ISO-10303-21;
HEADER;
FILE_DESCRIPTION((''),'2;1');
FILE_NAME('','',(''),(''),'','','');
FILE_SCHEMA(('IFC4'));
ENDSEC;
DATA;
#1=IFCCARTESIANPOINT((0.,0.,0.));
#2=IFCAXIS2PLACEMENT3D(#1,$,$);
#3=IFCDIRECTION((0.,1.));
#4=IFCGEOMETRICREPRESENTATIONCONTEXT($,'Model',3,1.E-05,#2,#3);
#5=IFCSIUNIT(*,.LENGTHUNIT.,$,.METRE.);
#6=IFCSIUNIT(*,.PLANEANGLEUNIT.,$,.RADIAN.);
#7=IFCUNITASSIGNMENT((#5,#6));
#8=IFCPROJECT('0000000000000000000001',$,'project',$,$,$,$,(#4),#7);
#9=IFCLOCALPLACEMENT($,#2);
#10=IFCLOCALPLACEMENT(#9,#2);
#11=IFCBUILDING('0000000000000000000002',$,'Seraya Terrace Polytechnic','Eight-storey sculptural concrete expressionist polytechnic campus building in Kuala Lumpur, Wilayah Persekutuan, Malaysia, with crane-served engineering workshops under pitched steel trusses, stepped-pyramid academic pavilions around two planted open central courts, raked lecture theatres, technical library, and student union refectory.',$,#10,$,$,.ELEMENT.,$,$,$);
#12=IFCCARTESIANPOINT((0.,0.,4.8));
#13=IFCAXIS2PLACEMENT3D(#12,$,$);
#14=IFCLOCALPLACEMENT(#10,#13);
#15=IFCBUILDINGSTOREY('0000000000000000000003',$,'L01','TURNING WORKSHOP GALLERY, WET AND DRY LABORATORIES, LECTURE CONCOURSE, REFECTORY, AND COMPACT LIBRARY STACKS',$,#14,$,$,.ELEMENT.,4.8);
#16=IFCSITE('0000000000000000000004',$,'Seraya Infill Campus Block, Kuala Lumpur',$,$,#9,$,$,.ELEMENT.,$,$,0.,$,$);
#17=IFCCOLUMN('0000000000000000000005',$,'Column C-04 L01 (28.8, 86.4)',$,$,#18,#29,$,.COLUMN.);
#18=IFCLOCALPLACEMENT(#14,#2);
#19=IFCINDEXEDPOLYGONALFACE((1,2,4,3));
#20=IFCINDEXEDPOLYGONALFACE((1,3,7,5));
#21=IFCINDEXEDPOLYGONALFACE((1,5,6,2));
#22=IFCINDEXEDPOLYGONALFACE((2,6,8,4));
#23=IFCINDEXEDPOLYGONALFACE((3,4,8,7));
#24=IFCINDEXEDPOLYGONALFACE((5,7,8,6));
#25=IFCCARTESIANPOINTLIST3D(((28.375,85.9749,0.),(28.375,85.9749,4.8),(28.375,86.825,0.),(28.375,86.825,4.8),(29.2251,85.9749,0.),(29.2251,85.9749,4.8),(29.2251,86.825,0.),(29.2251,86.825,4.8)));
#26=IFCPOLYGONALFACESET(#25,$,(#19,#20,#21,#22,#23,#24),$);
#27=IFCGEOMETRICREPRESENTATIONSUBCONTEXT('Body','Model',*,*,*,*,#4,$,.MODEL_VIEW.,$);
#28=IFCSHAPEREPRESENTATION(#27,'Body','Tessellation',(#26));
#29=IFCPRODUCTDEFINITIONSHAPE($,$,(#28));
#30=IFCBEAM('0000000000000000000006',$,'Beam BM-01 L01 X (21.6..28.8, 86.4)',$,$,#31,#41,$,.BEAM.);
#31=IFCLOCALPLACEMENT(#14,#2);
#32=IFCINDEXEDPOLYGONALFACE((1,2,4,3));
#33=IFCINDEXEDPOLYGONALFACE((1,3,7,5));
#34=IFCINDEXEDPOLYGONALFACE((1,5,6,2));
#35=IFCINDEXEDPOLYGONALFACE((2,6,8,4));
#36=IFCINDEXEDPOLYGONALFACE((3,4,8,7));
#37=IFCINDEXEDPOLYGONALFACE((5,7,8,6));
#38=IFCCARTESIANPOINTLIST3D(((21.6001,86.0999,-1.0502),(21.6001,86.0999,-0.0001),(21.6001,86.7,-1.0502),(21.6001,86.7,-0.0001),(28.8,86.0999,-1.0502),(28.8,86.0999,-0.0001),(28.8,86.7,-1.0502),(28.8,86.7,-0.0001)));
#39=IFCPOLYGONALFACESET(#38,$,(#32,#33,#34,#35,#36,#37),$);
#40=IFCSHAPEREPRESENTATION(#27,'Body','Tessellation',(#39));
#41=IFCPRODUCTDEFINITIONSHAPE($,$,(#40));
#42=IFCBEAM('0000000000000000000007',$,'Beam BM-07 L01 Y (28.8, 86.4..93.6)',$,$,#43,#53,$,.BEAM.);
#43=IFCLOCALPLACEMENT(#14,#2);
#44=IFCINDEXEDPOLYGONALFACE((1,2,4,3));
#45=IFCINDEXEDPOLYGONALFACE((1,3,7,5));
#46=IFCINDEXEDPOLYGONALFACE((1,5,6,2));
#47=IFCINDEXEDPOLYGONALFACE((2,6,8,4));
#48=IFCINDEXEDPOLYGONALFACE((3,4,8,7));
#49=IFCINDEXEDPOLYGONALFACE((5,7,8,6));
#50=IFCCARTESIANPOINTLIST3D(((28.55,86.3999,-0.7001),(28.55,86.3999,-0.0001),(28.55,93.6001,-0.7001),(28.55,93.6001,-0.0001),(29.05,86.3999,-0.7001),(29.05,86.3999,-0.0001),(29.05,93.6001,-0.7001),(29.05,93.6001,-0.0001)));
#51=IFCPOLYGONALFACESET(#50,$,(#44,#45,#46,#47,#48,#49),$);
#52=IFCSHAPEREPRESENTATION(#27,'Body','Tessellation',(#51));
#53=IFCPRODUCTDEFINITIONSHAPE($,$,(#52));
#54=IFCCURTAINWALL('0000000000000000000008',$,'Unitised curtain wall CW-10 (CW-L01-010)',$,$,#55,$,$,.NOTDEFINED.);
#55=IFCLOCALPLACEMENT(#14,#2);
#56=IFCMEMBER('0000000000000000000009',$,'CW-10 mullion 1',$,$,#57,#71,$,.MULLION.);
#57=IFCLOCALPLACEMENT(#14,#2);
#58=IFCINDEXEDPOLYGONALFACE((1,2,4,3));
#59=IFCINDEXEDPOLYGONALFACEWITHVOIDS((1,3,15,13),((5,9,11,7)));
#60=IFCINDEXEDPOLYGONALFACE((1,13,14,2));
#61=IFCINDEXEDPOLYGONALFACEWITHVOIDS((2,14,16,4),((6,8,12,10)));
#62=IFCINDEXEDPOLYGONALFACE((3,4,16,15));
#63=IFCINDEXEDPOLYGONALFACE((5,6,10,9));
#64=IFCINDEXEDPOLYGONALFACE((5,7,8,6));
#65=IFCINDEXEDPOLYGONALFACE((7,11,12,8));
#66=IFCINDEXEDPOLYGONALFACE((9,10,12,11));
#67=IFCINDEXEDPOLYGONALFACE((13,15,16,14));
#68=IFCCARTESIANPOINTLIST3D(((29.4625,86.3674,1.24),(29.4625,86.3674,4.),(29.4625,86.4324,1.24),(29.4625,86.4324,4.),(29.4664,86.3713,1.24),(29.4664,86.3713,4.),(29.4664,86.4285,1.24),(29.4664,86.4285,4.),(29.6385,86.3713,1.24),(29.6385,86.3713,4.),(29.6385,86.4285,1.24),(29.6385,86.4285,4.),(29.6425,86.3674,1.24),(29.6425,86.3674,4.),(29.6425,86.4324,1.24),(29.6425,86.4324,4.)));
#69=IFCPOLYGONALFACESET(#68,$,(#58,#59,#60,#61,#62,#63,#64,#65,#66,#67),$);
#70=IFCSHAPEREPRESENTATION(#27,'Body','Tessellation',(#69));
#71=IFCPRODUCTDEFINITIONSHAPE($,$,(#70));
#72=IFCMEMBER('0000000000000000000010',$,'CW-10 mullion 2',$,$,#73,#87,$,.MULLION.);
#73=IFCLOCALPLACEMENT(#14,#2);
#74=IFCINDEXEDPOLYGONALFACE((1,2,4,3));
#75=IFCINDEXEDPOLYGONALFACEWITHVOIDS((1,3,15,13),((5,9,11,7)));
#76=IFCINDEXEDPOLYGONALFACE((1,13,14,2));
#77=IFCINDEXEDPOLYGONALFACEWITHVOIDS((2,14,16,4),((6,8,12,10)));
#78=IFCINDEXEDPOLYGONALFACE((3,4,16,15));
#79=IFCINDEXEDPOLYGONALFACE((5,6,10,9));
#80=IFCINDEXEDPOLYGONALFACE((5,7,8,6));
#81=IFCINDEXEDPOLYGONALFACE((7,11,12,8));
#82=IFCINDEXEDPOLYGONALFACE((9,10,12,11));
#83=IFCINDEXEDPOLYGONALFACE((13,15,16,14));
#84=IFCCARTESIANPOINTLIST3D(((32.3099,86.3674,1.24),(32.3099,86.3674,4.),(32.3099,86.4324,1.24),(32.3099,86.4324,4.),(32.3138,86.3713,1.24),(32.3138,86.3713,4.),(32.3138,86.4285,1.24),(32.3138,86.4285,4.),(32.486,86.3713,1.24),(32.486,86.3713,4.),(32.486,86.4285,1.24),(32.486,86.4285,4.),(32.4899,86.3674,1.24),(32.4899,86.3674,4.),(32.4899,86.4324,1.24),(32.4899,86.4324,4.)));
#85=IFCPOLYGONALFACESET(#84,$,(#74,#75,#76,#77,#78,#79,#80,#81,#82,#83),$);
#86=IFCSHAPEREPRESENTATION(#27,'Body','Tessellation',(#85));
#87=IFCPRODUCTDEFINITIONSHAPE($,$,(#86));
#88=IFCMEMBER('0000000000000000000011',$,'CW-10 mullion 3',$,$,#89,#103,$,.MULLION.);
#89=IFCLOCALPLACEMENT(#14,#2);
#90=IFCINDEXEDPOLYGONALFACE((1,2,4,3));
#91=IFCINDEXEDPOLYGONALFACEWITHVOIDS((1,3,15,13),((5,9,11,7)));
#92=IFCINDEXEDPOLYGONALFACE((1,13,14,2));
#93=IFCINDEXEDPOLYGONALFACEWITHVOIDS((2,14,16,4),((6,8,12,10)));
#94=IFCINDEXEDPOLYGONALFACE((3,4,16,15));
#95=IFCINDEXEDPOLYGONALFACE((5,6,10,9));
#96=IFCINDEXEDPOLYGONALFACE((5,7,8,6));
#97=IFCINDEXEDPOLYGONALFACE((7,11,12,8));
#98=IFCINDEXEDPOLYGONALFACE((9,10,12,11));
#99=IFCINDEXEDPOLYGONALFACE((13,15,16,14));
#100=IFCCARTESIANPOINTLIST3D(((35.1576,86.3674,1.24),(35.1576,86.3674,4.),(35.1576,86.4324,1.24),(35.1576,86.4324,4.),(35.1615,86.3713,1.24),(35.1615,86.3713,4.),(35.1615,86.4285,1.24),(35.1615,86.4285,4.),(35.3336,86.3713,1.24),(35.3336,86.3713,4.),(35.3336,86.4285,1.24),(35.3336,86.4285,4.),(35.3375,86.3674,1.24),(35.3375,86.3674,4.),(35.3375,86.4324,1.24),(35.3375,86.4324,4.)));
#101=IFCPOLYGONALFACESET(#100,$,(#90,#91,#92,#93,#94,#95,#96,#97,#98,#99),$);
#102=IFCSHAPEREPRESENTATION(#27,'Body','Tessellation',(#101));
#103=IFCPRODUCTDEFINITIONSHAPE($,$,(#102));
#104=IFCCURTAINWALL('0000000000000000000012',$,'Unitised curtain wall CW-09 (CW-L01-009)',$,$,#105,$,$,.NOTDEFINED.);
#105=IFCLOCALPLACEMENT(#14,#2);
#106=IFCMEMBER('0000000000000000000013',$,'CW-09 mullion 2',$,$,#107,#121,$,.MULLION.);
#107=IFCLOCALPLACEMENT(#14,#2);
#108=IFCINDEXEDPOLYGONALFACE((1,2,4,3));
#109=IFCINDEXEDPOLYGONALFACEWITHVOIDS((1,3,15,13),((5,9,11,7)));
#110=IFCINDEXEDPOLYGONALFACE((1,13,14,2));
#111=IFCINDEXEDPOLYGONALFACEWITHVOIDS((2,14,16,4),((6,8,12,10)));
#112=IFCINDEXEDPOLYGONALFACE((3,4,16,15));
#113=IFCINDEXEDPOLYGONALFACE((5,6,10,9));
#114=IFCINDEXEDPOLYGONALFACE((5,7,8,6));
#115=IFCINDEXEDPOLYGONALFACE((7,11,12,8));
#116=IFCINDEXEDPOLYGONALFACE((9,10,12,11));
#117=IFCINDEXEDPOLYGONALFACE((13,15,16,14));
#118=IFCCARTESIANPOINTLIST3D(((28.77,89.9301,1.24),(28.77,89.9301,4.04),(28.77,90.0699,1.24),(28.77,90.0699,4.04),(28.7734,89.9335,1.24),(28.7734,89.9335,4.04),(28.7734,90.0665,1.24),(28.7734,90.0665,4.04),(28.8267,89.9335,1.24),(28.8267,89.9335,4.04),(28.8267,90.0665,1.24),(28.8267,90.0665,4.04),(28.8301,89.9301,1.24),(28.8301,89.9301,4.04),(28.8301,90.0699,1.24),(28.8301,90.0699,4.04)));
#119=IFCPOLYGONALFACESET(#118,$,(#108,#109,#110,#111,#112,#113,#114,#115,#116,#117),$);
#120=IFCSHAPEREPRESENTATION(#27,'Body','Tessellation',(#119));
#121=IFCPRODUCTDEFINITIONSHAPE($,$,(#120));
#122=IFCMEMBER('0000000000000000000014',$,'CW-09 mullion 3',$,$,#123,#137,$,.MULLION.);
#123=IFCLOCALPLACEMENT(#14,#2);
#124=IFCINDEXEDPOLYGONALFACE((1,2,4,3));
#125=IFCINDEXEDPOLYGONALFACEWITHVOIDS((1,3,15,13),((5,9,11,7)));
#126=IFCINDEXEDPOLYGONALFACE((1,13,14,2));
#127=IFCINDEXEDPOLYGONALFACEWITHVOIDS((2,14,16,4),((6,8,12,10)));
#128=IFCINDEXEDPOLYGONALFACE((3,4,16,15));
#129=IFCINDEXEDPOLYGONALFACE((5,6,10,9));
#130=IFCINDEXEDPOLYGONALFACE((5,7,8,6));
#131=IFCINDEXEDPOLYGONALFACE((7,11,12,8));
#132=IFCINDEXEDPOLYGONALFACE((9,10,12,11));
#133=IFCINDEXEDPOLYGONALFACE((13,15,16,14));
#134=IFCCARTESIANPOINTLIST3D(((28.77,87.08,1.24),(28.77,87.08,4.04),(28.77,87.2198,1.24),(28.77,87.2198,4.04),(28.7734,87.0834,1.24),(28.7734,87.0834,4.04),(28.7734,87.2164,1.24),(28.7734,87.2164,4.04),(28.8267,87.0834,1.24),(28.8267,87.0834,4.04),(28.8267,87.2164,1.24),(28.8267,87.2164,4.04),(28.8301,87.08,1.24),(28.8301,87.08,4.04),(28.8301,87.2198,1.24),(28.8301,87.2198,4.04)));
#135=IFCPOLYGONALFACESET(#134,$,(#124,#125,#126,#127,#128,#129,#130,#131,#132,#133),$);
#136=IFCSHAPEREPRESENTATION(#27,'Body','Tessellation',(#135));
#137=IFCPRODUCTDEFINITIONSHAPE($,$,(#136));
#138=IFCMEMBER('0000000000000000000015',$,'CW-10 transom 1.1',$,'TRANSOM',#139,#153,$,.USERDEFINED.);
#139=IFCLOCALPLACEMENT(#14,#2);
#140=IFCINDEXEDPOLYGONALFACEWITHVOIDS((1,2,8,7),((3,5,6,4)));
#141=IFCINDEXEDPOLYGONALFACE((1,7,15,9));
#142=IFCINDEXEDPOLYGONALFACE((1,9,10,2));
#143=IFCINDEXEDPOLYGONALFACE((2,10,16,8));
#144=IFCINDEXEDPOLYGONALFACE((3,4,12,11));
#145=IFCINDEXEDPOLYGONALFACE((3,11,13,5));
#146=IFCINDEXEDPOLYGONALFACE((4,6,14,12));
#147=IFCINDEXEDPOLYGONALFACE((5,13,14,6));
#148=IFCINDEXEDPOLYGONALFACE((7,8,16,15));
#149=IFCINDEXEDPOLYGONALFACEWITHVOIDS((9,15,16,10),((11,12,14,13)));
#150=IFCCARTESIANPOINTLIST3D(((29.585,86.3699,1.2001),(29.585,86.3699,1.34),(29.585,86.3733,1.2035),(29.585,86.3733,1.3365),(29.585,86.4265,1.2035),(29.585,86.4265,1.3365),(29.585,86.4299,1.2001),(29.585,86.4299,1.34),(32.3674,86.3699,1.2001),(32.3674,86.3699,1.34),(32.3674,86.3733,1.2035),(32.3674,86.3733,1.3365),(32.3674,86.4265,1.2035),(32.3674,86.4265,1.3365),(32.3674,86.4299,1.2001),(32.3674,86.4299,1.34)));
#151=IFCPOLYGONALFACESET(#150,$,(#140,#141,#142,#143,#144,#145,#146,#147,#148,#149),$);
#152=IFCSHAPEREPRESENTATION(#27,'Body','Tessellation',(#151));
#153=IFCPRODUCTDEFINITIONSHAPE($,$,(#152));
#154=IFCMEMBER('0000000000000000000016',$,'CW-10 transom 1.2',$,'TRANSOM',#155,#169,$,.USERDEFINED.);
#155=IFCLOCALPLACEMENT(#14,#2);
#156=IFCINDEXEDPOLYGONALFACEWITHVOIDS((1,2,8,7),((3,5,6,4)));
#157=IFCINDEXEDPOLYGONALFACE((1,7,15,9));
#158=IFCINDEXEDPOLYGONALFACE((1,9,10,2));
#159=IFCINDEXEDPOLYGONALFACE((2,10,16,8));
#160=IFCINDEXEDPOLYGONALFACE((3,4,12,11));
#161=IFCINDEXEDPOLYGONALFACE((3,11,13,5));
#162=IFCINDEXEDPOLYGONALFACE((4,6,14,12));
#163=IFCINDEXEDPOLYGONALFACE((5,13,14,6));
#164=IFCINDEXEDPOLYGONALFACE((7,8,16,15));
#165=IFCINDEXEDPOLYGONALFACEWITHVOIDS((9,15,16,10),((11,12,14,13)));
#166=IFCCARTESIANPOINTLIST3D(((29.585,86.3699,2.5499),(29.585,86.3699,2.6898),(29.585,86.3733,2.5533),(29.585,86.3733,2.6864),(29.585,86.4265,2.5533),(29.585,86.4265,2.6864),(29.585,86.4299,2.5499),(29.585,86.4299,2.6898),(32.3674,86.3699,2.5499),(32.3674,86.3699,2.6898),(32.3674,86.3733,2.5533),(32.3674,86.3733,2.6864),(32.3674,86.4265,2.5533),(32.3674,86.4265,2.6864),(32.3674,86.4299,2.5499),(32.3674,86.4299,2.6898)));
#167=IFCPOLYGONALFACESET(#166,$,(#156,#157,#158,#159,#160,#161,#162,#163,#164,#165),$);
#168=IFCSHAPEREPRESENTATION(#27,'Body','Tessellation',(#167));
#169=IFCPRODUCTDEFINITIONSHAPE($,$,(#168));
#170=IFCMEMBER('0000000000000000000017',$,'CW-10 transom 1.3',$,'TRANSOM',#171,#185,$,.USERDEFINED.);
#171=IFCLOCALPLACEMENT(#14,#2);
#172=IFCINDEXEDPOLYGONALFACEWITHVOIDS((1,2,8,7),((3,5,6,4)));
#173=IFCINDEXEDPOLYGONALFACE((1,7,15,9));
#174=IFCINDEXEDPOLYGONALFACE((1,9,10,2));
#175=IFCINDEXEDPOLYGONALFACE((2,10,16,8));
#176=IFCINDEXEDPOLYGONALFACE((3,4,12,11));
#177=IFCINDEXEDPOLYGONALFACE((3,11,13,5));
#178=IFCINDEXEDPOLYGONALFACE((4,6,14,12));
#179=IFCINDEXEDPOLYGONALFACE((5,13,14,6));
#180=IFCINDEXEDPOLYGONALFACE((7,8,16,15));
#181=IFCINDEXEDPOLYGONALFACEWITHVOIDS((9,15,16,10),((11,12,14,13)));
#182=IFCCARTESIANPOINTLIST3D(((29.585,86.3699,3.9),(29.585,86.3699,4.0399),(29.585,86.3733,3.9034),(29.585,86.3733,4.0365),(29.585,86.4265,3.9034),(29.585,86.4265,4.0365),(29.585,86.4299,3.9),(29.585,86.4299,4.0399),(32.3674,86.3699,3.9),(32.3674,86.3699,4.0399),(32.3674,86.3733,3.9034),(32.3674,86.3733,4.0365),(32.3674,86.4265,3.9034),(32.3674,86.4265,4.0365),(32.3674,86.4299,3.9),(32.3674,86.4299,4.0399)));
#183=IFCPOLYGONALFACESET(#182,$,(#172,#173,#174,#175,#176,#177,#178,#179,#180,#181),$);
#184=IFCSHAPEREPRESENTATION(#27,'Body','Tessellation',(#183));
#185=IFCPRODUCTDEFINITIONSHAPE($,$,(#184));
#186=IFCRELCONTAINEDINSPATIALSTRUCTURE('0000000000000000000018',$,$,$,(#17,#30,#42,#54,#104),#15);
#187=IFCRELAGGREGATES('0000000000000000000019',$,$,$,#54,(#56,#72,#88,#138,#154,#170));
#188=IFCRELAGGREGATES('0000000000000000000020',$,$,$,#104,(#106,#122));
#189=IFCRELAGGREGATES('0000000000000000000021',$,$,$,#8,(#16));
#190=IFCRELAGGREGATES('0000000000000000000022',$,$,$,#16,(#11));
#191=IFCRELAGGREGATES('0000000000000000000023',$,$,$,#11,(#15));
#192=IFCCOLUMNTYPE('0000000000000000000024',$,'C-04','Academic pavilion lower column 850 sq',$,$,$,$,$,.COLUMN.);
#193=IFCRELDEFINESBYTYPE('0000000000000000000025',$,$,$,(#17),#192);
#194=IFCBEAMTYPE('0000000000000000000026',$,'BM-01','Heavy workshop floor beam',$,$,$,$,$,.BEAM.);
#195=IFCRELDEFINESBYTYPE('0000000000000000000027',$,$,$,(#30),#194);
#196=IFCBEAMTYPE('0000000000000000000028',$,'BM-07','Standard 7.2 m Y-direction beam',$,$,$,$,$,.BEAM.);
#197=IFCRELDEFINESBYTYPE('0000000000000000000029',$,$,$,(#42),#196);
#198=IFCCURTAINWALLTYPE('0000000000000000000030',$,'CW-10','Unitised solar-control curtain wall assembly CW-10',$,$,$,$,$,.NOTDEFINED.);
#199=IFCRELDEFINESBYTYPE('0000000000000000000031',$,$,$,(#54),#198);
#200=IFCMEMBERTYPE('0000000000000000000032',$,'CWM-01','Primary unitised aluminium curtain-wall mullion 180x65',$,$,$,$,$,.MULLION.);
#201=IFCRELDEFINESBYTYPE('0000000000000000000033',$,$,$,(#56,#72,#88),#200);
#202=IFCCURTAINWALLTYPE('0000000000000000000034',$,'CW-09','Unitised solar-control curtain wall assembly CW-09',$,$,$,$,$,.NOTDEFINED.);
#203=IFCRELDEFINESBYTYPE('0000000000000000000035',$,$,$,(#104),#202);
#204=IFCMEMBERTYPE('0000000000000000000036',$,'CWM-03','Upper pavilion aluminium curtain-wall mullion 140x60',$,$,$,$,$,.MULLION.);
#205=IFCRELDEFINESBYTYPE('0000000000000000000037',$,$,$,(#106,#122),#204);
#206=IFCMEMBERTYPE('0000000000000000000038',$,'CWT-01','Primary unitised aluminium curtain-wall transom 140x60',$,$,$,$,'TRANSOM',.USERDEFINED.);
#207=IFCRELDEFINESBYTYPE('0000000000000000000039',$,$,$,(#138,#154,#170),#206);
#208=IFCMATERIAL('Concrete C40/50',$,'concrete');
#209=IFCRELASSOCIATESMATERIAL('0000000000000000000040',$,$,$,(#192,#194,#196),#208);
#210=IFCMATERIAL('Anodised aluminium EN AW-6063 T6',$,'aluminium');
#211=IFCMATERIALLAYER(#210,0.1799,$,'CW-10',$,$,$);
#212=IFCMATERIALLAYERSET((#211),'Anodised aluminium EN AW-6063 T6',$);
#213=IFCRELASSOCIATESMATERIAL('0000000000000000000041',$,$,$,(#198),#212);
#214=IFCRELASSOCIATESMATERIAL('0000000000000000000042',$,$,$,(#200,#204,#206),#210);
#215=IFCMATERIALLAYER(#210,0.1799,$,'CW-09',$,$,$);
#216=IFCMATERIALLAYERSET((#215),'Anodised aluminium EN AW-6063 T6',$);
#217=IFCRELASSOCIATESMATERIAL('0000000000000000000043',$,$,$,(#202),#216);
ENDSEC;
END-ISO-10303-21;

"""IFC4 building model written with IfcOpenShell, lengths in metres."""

from ifc_helpers import new_model, si_unit, direction, frame, origin, origin_2d, place, context, subcontext, project, spatial, rectangle, hollow_rectangle, extrude, material, layer, layer_set, material_profile, profile_set, type_object, element, aggregate, save


model = new_model("IFC4")

# Units and contexts
model_context = context("Model", 3, precision=1e-05, world=origin(), true_north=direction((0.0, 1.0)))
body_context = subcontext(model_context, "Body", "Model", "MODEL_VIEW")
ifc_project = project(units=[si_unit("LENGTHUNIT", "METRE"), si_unit("PLANEANGLEUNIT", "RADIAN")], contexts=[model_context])

# Site, building, storey
site_placement = place(None, origin())
site = spatial("IfcSite", under=ifc_project, at=site_placement, Name="Seraya Infill Campus Block, Kuala Lumpur", CompositionType="ELEMENT", RefElevation=0.0)
building_placement = place(site_placement, origin())
building = spatial("IfcBuilding", under=site, at=building_placement, Name="Seraya Terrace Polytechnic", Description="Eight-storey sculptural concrete expressionist polytechnic campus building in Kuala Lumpur, Wilayah Persekutuan, Malaysia, with crane-served engineering workshops under pitched steel trusses, stepped-pyramid academic pavilions around two planted open central courts, raked lecture theatres, technical library, and student union refectory.", CompositionType="ELEMENT")
storey_placement = place(building_placement, frame((0.0, 0.0, 4.8)))
storey = spatial("IfcBuildingStorey", under=building, at=storey_placement, Name="L01", Description="TURNING WORKSHOP GALLERY, WET AND DRY LABORATORIES, LECTURE CONCOURSE, REFECTORY, AND COMPACT LIBRARY STACKS", CompositionType="ELEMENT", Elevation=4.8)

# Column
ifc_material_1 = material(Name="Concrete C40/50", Category="concrete")
ifc_material_profile_1 = material_profile(ifc_material_1, rectangle(XDim=0.8501, YDim=0.8501, at=origin_2d()), Name="RC 850x850")
ifc_profile_set_1 = profile_set([ifc_material_profile_1], Name="Concrete C40/50")
column_type = type_object("IfcColumnType", Name="C-04", Description="Academic pavilion lower column 850 sq", PredefinedType="COLUMN", material=ifc_profile_set_1)
column_placement = place(storey_placement, frame((28.8, 86.3999, 0.0), z_axis=(0.0, 0.0, 1.0), x_axis=(1.0, 0.0, 0.0)))
element("IfcColumn", 1, at=column_placement, inside=storey, type_object=column_type, Name="Column C-04 L01 (28.8, 86.4)", PredefinedType="COLUMN", context=body_context, shape_type="SweptSolid", body=[
    extrude(rectangle(XDim=0.8501, YDim=0.8501, at=origin_2d()), origin(), (0.0, 0.0, 1.0), 4.8),
])

# Beams
ifc_material_profile_2 = material_profile(ifc_material_1, rectangle(XDim=0.6001, YDim=1.05, at=origin_2d()), Name="RC 600x1050")
ifc_profile_set_2 = profile_set([ifc_material_profile_2], Name="Concrete C40/50")
beam_type_1 = type_object("IfcBeamType", Name="BM-01", Description="Heavy workshop floor beam", PredefinedType="BEAM", material=ifc_profile_set_2)
beam_1_placement = place(storey_placement, frame((21.6001, 86.3999, -0.5251), z_axis=(1.0, 0.0, 0.0), x_axis=(0.0, 1.0, 0.0)))
element("IfcBeam", 2, at=beam_1_placement, inside=storey, type_object=beam_type_1, Name="Beam BM-01 L01 X (21.6..28.8, 86.4)", PredefinedType="BEAM", context=body_context, shape_type="SweptSolid", body=[
    extrude(rectangle(XDim=0.6001, YDim=1.05, at=origin_2d()), origin(), (0.0, 0.0, 1.0), 7.2),
])
ifc_material_profile_3 = material_profile(ifc_material_1, rectangle(XDim=0.5, YDim=0.7, at=origin_2d()), Name="RC 500x700")
ifc_profile_set_3 = profile_set([ifc_material_profile_3], Name="Concrete C40/50")
beam_type_2 = type_object("IfcBeamType", Name="BM-07", Description="Standard 7.2 m Y-direction beam", PredefinedType="BEAM", material=ifc_profile_set_3)
beam_2_placement = place(storey_placement, frame((28.8, 86.3999, -0.3501), z_axis=(0.0, 1.0, 0.0), x_axis=(-1.0, 0.0, 0.0)))
element("IfcBeam", 3, at=beam_2_placement, inside=storey, type_object=beam_type_2, Name="Beam BM-07 L01 Y (28.8, 86.4..93.6)", PredefinedType="BEAM", context=body_context, shape_type="SweptSolid", body=[
    extrude(rectangle(XDim=0.5, YDim=0.7, at=origin_2d()), origin(), (0.0, 0.0, 1.0), 7.2002),
])

# Curtain walls, members
ifc_material_2 = material(Name="Anodised aluminium EN AW-6063 T6", Category="aluminium")
ifc_layer_1 = layer(ifc_material_2, 0.1799, Name="CW-10")
ifc_layer_set_1 = layer_set([ifc_layer_1], Name="Anodised aluminium EN AW-6063 T6")
curtain_wall_type_1 = type_object("IfcCurtainWallType", Name="CW-10", Description="Unitised solar-control curtain wall assembly CW-10", PredefinedType="NOTDEFINED", material=ifc_layer_set_1)
curtain_wall_1_placement = place(storey_placement, origin())
curtain_wall_1 = element("IfcCurtainWall", 4, at=curtain_wall_1_placement, inside=storey, type_object=curtain_wall_type_1, Name="Unitised curtain wall CW-10 (CW-L01-010)", PredefinedType="NOTDEFINED")
ifc_material_profile_4 = material_profile(ifc_material_2, hollow_rectangle(XDim=0.0649, YDim=0.1799, WallThickness=0.0039, at=origin_2d()), Name="RHS 180x65x4.0")
ifc_profile_set_4 = profile_set([ifc_material_profile_4], Name="Anodised aluminium EN AW-6063 T6")
member_type_1 = type_object("IfcMemberType", Name="CWM-01", Description="Primary unitised aluminium curtain-wall mullion 180x65", PredefinedType="MULLION", material=ifc_profile_set_4)
member_1_placement = place(storey_placement, frame((29.5525, 86.3999, 1.24), z_axis=(0.0, 0.0, 1.0), x_axis=(0.0, 1.0, 0.0)))
member_1 = element("IfcMember", 5, at=member_1_placement, type_object=member_type_1, Name="CW-10 mullion 1", PredefinedType="MULLION", context=body_context, shape_type="SweptSolid", body=[
    extrude(hollow_rectangle(XDim=0.0649, YDim=0.1799, WallThickness=0.0039, at=origin_2d()), origin(), (0.0, 0.0, 1.0), 2.76),
])
member_2_placement = place(storey_placement, frame((32.3999, 86.3999, 1.24), z_axis=(0.0, 0.0, 1.0), x_axis=(0.0, 1.0, 0.0)))
member_2 = element("IfcMember", 6, at=member_2_placement, type_object=member_type_1, Name="CW-10 mullion 2", PredefinedType="MULLION", context=body_context, shape_type="SweptSolid", body=[
    extrude(hollow_rectangle(XDim=0.0649, YDim=0.1799, WallThickness=0.0039, at=origin_2d()), origin(), (0.0, 0.0, 1.0), 2.76),
])
member_3_placement = place(storey_placement, frame((35.2476, 86.3999, 1.24), z_axis=(0.0, 0.0, 1.0), x_axis=(0.0, 1.0, 0.0)))
member_3 = element("IfcMember", 7, at=member_3_placement, type_object=member_type_1, Name="CW-10 mullion 3", PredefinedType="MULLION", context=body_context, shape_type="SweptSolid", body=[
    extrude(hollow_rectangle(XDim=0.0649, YDim=0.1799, WallThickness=0.0039, at=origin_2d()), origin(), (0.0, 0.0, 1.0), 2.76),
])
ifc_layer_2 = layer(ifc_material_2, 0.1799, Name="CW-09")
ifc_layer_set_2 = layer_set([ifc_layer_2], Name="Anodised aluminium EN AW-6063 T6")
curtain_wall_type_2 = type_object("IfcCurtainWallType", Name="CW-09", Description="Unitised solar-control curtain wall assembly CW-09", PredefinedType="NOTDEFINED", material=ifc_layer_set_2)
curtain_wall_2_placement = place(storey_placement, origin())
curtain_wall_2 = element("IfcCurtainWall", 8, at=curtain_wall_2_placement, inside=storey, type_object=curtain_wall_type_2, Name="Unitised curtain wall CW-09 (CW-L01-009)", PredefinedType="NOTDEFINED")
ifc_material_profile_5 = material_profile(ifc_material_2, hollow_rectangle(XDim=0.0601, YDim=0.1399, WallThickness=0.0034, at=origin_2d()), Name="RHS 140x60x3.5")
ifc_profile_set_5 = profile_set([ifc_material_profile_5], Name="Anodised aluminium EN AW-6063 T6")
member_type_2 = type_object("IfcMemberType", Name="CWM-03", Description="Upper pavilion aluminium curtain-wall mullion 140x60", PredefinedType="MULLION", material=ifc_profile_set_5)
member_4_placement = place(storey_placement, frame((28.8, 90.0, 1.24), z_axis=(0.0, 0.0, 1.0), x_axis=(1.0, 0.0, 0.0)))
member_4 = element("IfcMember", 9, at=member_4_placement, type_object=member_type_2, Name="CW-09 mullion 2", PredefinedType="MULLION", context=body_context, shape_type="SweptSolid", body=[
    extrude(hollow_rectangle(XDim=0.0601, YDim=0.1399, WallThickness=0.0034, at=origin_2d()), origin(), (0.0, 0.0, 1.0), 2.8),
])
member_5_placement = place(storey_placement, frame((28.8, 87.1499, 1.24), z_axis=(0.0, 0.0, 1.0), x_axis=(1.0, 0.0, 0.0)))
member_5 = element("IfcMember", 10, at=member_5_placement, type_object=member_type_2, Name="CW-09 mullion 3", PredefinedType="MULLION", context=body_context, shape_type="SweptSolid", body=[
    extrude(hollow_rectangle(XDim=0.0601, YDim=0.1399, WallThickness=0.0034, at=origin_2d()), origin(), (0.0, 0.0, 1.0), 2.8),
])

# Members
ifc_material_profile_6 = material_profile(ifc_material_2, hollow_rectangle(XDim=0.0601, YDim=0.1399, WallThickness=0.0034, at=origin_2d()), Name="RHS 140x60x3.5")
ifc_profile_set_6 = profile_set([ifc_material_profile_6], Name="Anodised aluminium EN AW-6063 T6")
member_type_3 = type_object("IfcMemberType", Name="CWT-01", Description="Primary unitised aluminium curtain-wall transom 140x60", ElementType="TRANSOM", PredefinedType="USERDEFINED", material=ifc_profile_set_6)
member_6_placement = place(storey_placement, frame((29.585, 86.3999, 1.27), z_axis=(1.0, 0.0, 0.0), x_axis=(0.0, 1.0, 0.0)))
member_6 = element("IfcMember", 11, at=member_6_placement, type_object=member_type_3, Name="CW-10 transom 1.1", ObjectType="TRANSOM", PredefinedType="USERDEFINED", context=body_context, shape_type="SweptSolid", body=[
    extrude(hollow_rectangle(XDim=0.0601, YDim=0.1399, WallThickness=0.0034, at=origin_2d()), origin(), (0.0, 0.0, 1.0), 2.7825),
])
member_7_placement = place(storey_placement, frame((29.585, 86.3999, 2.6199), z_axis=(1.0, 0.0, 0.0), x_axis=(0.0, 1.0, 0.0)))
member_7 = element("IfcMember", 12, at=member_7_placement, type_object=member_type_3, Name="CW-10 transom 1.2", ObjectType="TRANSOM", PredefinedType="USERDEFINED", context=body_context, shape_type="SweptSolid", body=[
    extrude(hollow_rectangle(XDim=0.0601, YDim=0.1399, WallThickness=0.0034, at=origin_2d()), origin(), (0.0, 0.0, 1.0), 2.7825),
])
member_8_placement = place(storey_placement, frame((29.585, 86.3999, 3.97), z_axis=(1.0, 0.0, 0.0), x_axis=(0.0, 1.0, 0.0)))
member_8 = element("IfcMember", 13, at=member_8_placement, type_object=member_type_3, Name="CW-10 transom 1.3", ObjectType="TRANSOM", PredefinedType="USERDEFINED", context=body_context, shape_type="SweptSolid", body=[
    extrude(hollow_rectangle(XDim=0.0601, YDim=0.1399, WallThickness=0.0034, at=origin_2d()), origin(), (0.0, 0.0, 1.0), 2.7825),
])

aggregate(curtain_wall_1, [member_1, member_2, member_3, member_6, member_7, member_8])
aggregate(curtain_wall_2, [member_4, member_5])

save(model, "model.ifc")
